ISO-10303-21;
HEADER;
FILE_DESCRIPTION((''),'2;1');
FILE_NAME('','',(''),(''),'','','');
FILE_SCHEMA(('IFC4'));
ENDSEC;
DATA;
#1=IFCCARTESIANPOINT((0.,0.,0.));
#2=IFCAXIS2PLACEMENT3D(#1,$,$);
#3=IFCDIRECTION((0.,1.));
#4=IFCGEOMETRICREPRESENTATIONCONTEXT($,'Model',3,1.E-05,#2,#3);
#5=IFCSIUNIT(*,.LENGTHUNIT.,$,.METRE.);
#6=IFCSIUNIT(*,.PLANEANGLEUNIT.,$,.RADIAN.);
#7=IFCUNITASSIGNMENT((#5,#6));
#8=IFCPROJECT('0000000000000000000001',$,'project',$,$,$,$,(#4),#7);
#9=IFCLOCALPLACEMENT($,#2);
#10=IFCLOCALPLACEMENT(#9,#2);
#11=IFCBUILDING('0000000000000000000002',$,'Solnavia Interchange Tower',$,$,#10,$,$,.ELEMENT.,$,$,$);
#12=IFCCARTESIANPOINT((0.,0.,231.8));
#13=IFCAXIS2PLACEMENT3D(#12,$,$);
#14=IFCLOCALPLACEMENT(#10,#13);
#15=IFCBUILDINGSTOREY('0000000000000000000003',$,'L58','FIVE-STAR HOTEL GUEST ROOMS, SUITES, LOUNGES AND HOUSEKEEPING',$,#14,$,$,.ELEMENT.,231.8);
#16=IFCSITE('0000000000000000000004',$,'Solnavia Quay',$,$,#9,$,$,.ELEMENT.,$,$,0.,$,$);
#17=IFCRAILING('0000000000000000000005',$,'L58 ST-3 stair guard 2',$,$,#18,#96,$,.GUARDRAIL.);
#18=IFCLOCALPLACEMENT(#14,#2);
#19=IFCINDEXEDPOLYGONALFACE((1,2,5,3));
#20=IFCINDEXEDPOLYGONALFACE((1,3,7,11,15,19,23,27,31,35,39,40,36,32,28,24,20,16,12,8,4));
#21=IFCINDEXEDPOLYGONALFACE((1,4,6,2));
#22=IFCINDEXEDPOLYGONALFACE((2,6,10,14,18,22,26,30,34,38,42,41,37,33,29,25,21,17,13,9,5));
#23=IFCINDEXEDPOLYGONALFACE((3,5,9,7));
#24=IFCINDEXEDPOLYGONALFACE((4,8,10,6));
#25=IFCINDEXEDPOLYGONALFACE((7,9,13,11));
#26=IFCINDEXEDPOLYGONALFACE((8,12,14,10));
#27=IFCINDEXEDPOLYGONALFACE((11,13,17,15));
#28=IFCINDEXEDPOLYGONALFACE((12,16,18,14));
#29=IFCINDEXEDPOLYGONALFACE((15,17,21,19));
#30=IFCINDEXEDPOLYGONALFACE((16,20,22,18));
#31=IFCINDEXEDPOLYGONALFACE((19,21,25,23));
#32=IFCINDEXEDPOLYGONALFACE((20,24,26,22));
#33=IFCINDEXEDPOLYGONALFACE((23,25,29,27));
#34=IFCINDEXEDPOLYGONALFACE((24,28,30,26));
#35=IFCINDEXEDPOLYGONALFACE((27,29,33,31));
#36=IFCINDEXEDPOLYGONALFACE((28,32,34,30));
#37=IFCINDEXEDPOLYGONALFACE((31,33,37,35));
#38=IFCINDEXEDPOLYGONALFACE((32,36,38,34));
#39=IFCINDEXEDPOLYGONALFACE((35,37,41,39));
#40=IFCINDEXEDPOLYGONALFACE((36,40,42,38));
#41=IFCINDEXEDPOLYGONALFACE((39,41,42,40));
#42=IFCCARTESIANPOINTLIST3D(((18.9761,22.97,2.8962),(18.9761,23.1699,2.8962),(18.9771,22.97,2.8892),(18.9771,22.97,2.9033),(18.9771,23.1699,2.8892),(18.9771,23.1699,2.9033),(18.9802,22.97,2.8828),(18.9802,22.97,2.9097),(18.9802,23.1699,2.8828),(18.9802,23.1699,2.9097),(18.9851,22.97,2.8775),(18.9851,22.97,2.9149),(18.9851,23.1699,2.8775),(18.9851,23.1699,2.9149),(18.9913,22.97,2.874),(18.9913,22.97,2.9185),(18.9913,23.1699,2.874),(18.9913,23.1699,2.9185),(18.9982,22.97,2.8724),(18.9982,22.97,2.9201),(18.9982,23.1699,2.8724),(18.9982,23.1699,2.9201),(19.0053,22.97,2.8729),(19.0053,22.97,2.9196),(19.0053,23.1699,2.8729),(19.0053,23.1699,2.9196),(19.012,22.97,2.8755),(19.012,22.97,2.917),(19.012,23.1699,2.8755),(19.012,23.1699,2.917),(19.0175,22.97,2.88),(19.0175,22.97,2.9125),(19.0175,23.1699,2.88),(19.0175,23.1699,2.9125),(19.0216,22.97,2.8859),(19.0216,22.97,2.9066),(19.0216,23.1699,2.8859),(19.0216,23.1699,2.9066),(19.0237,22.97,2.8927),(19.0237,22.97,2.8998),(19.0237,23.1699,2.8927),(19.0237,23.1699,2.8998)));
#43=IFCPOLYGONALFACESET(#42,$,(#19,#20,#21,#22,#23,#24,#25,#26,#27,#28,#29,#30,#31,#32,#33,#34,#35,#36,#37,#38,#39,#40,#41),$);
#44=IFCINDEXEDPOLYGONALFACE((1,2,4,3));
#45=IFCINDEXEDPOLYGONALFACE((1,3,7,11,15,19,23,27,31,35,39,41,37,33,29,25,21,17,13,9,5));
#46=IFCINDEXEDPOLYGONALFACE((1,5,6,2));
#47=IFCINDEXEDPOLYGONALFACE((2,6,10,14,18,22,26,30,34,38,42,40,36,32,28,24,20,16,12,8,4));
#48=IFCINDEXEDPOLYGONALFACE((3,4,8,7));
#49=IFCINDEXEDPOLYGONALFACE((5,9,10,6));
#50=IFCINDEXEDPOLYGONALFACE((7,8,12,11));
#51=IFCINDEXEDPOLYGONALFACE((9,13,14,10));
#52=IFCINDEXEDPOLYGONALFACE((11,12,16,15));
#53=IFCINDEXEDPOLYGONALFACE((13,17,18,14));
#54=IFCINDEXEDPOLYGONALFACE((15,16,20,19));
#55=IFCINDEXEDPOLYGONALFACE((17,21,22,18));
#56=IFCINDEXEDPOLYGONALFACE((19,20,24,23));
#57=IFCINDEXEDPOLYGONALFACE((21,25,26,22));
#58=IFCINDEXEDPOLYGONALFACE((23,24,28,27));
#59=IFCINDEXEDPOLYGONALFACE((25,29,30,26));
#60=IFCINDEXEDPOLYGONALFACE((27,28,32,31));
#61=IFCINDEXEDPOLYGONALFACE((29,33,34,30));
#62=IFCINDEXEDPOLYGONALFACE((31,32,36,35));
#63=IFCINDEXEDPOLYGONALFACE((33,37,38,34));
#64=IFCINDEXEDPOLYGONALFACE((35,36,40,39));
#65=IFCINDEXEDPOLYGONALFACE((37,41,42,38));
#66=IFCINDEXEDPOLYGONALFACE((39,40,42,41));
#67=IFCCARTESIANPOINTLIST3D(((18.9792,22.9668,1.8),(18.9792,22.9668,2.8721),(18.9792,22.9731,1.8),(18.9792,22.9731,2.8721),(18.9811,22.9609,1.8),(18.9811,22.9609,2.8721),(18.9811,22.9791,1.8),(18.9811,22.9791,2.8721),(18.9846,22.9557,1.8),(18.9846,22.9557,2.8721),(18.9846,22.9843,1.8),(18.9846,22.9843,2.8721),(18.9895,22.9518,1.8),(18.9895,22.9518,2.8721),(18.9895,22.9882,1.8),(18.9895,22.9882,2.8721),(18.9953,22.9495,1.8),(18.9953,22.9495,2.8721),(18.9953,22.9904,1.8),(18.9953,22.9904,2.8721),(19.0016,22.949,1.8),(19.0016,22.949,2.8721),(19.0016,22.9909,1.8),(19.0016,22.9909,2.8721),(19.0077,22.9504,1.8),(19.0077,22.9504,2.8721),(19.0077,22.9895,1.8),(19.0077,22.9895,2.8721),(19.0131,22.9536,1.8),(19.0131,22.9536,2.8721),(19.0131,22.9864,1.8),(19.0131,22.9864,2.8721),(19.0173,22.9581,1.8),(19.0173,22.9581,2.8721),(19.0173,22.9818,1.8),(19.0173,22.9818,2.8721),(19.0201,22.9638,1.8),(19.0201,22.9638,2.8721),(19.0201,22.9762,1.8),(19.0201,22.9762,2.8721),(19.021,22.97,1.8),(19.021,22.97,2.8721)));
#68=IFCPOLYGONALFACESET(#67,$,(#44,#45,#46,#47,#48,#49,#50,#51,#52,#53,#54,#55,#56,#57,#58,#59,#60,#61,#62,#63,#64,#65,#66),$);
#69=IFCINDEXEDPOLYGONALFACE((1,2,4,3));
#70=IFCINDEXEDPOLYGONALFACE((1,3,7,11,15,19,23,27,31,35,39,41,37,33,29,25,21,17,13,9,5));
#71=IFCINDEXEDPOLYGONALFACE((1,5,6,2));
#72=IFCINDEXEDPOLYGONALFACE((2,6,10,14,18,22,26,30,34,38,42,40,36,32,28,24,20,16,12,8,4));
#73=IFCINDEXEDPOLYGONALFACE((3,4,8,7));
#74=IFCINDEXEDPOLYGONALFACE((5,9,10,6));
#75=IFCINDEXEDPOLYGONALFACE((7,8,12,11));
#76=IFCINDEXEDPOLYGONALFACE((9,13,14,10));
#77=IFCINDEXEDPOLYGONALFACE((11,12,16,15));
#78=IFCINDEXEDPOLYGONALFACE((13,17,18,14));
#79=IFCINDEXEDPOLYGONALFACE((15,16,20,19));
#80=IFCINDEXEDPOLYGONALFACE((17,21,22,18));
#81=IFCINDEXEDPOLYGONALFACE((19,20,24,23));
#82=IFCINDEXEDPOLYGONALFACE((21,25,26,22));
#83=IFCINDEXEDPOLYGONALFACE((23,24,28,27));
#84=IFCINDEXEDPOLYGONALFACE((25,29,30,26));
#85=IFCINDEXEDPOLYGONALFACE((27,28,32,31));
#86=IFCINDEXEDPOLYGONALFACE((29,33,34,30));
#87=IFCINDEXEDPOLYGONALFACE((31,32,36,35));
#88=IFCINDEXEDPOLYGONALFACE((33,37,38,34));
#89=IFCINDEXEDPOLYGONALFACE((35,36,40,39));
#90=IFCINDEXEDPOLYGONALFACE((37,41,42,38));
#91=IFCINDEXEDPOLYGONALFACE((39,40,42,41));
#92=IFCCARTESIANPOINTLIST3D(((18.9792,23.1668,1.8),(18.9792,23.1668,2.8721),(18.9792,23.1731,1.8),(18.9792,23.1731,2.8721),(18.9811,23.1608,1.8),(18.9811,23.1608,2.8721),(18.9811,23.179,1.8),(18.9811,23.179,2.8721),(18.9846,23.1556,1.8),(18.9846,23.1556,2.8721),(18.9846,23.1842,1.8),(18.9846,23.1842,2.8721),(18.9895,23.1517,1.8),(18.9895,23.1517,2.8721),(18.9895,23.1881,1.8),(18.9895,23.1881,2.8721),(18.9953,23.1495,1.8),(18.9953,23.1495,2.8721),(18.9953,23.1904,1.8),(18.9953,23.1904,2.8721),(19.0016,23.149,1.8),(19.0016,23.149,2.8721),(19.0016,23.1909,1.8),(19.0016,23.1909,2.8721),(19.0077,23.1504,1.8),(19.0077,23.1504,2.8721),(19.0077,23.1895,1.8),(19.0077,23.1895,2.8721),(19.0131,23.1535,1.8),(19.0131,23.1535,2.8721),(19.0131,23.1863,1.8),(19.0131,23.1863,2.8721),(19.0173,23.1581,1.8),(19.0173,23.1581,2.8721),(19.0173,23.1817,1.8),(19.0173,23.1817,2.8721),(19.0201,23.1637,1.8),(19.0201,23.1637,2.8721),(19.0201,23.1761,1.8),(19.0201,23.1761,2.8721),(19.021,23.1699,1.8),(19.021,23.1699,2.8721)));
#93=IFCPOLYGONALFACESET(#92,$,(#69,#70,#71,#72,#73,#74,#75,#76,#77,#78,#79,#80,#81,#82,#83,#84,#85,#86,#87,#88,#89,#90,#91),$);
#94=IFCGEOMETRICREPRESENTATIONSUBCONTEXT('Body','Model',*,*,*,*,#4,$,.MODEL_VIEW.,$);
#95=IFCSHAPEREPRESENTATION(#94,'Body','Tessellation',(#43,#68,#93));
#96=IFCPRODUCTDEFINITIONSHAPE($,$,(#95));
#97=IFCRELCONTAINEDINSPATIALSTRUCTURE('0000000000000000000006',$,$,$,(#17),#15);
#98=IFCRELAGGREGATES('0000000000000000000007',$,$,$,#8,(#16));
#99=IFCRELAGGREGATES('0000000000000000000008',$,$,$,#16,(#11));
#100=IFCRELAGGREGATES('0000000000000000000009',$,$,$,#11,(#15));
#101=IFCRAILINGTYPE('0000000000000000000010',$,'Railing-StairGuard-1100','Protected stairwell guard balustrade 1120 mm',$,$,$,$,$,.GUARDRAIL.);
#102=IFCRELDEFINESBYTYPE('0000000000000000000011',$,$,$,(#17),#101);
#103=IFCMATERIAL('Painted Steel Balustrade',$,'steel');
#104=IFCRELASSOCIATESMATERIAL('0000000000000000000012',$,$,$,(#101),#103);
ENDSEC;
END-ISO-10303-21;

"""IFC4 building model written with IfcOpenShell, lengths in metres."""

from ifc_helpers import new_model, si_unit, direction, frame, origin, origin_2d, place, context, subcontext, project, spatial, circle, extrude, material, type_object, element, save


model = new_model("IFC4")

# Units and contexts
model_context = context("Model", 3, precision=1e-05, world=origin(), true_north=direction((0.0, 1.0)))
body_context = subcontext(model_context, "Body", "Model", "MODEL_VIEW")
ifc_project = project(units=[si_unit("LENGTHUNIT", "METRE"), si_unit("PLANEANGLEUNIT", "RADIAN")], contexts=[model_context])

# Site, building, storey
site_placement = place(None, origin())
site = spatial("IfcSite", under=ifc_project, at=site_placement, Name="Solnavia Quay", CompositionType="ELEMENT", RefElevation=0.0)
building_placement = place(site_placement, origin())
building = spatial("IfcBuilding", under=site, at=building_placement, Name="Solnavia Interchange Tower", CompositionType="ELEMENT")
storey_placement = place(building_placement, frame((0.0, 0.0, 231.8)))
storey = spatial("IfcBuildingStorey", under=building, at=storey_placement, Name="L58", Description="FIVE-STAR HOTEL GUEST ROOMS, SUITES, LOUNGES AND HOUSEKEEPING", CompositionType="ELEMENT", Elevation=231.8)

# Railing
ifc_material_1 = material(Name="Painted Steel Balustrade", Category="steel")
railing_type_1 = type_object("IfcRailingType", Name="Railing-StairGuard-1100", Description="Protected stairwell guard balustrade 1120 mm", PredefinedType="GUARDRAIL", material=ifc_material_1)
railing_1_placement = place(storey_placement, frame((19.0, 22.97, 1.8)))
element("IfcRailing", 1, at=railing_1_placement, inside=storey, type_object=railing_type_1, Name="L58 ST-3 stair guard 2", PredefinedType="GUARDRAIL", context=body_context, shape_type="SweptSolid", body=[
    extrude(circle(Radius=0.0239, at=origin_2d()), frame((0.0, 0.0, 1.0962), z_axis=(0.0, 1.0, 0.0), x_axis=(-1.0, 0.0, 0.0)), (0.0, 0.0, 1.0), 0.2),
    extrude(circle(Radius=0.021, at=origin_2d()), origin(), (0.0, 0.0, 1.0), 1.072),
    extrude(circle(Radius=0.021, at=origin_2d()), frame((0.0, 0.2, 0.0)), (0.0, 0.0, 1.0), 1.072),
])

save(model, "model.ifc")
